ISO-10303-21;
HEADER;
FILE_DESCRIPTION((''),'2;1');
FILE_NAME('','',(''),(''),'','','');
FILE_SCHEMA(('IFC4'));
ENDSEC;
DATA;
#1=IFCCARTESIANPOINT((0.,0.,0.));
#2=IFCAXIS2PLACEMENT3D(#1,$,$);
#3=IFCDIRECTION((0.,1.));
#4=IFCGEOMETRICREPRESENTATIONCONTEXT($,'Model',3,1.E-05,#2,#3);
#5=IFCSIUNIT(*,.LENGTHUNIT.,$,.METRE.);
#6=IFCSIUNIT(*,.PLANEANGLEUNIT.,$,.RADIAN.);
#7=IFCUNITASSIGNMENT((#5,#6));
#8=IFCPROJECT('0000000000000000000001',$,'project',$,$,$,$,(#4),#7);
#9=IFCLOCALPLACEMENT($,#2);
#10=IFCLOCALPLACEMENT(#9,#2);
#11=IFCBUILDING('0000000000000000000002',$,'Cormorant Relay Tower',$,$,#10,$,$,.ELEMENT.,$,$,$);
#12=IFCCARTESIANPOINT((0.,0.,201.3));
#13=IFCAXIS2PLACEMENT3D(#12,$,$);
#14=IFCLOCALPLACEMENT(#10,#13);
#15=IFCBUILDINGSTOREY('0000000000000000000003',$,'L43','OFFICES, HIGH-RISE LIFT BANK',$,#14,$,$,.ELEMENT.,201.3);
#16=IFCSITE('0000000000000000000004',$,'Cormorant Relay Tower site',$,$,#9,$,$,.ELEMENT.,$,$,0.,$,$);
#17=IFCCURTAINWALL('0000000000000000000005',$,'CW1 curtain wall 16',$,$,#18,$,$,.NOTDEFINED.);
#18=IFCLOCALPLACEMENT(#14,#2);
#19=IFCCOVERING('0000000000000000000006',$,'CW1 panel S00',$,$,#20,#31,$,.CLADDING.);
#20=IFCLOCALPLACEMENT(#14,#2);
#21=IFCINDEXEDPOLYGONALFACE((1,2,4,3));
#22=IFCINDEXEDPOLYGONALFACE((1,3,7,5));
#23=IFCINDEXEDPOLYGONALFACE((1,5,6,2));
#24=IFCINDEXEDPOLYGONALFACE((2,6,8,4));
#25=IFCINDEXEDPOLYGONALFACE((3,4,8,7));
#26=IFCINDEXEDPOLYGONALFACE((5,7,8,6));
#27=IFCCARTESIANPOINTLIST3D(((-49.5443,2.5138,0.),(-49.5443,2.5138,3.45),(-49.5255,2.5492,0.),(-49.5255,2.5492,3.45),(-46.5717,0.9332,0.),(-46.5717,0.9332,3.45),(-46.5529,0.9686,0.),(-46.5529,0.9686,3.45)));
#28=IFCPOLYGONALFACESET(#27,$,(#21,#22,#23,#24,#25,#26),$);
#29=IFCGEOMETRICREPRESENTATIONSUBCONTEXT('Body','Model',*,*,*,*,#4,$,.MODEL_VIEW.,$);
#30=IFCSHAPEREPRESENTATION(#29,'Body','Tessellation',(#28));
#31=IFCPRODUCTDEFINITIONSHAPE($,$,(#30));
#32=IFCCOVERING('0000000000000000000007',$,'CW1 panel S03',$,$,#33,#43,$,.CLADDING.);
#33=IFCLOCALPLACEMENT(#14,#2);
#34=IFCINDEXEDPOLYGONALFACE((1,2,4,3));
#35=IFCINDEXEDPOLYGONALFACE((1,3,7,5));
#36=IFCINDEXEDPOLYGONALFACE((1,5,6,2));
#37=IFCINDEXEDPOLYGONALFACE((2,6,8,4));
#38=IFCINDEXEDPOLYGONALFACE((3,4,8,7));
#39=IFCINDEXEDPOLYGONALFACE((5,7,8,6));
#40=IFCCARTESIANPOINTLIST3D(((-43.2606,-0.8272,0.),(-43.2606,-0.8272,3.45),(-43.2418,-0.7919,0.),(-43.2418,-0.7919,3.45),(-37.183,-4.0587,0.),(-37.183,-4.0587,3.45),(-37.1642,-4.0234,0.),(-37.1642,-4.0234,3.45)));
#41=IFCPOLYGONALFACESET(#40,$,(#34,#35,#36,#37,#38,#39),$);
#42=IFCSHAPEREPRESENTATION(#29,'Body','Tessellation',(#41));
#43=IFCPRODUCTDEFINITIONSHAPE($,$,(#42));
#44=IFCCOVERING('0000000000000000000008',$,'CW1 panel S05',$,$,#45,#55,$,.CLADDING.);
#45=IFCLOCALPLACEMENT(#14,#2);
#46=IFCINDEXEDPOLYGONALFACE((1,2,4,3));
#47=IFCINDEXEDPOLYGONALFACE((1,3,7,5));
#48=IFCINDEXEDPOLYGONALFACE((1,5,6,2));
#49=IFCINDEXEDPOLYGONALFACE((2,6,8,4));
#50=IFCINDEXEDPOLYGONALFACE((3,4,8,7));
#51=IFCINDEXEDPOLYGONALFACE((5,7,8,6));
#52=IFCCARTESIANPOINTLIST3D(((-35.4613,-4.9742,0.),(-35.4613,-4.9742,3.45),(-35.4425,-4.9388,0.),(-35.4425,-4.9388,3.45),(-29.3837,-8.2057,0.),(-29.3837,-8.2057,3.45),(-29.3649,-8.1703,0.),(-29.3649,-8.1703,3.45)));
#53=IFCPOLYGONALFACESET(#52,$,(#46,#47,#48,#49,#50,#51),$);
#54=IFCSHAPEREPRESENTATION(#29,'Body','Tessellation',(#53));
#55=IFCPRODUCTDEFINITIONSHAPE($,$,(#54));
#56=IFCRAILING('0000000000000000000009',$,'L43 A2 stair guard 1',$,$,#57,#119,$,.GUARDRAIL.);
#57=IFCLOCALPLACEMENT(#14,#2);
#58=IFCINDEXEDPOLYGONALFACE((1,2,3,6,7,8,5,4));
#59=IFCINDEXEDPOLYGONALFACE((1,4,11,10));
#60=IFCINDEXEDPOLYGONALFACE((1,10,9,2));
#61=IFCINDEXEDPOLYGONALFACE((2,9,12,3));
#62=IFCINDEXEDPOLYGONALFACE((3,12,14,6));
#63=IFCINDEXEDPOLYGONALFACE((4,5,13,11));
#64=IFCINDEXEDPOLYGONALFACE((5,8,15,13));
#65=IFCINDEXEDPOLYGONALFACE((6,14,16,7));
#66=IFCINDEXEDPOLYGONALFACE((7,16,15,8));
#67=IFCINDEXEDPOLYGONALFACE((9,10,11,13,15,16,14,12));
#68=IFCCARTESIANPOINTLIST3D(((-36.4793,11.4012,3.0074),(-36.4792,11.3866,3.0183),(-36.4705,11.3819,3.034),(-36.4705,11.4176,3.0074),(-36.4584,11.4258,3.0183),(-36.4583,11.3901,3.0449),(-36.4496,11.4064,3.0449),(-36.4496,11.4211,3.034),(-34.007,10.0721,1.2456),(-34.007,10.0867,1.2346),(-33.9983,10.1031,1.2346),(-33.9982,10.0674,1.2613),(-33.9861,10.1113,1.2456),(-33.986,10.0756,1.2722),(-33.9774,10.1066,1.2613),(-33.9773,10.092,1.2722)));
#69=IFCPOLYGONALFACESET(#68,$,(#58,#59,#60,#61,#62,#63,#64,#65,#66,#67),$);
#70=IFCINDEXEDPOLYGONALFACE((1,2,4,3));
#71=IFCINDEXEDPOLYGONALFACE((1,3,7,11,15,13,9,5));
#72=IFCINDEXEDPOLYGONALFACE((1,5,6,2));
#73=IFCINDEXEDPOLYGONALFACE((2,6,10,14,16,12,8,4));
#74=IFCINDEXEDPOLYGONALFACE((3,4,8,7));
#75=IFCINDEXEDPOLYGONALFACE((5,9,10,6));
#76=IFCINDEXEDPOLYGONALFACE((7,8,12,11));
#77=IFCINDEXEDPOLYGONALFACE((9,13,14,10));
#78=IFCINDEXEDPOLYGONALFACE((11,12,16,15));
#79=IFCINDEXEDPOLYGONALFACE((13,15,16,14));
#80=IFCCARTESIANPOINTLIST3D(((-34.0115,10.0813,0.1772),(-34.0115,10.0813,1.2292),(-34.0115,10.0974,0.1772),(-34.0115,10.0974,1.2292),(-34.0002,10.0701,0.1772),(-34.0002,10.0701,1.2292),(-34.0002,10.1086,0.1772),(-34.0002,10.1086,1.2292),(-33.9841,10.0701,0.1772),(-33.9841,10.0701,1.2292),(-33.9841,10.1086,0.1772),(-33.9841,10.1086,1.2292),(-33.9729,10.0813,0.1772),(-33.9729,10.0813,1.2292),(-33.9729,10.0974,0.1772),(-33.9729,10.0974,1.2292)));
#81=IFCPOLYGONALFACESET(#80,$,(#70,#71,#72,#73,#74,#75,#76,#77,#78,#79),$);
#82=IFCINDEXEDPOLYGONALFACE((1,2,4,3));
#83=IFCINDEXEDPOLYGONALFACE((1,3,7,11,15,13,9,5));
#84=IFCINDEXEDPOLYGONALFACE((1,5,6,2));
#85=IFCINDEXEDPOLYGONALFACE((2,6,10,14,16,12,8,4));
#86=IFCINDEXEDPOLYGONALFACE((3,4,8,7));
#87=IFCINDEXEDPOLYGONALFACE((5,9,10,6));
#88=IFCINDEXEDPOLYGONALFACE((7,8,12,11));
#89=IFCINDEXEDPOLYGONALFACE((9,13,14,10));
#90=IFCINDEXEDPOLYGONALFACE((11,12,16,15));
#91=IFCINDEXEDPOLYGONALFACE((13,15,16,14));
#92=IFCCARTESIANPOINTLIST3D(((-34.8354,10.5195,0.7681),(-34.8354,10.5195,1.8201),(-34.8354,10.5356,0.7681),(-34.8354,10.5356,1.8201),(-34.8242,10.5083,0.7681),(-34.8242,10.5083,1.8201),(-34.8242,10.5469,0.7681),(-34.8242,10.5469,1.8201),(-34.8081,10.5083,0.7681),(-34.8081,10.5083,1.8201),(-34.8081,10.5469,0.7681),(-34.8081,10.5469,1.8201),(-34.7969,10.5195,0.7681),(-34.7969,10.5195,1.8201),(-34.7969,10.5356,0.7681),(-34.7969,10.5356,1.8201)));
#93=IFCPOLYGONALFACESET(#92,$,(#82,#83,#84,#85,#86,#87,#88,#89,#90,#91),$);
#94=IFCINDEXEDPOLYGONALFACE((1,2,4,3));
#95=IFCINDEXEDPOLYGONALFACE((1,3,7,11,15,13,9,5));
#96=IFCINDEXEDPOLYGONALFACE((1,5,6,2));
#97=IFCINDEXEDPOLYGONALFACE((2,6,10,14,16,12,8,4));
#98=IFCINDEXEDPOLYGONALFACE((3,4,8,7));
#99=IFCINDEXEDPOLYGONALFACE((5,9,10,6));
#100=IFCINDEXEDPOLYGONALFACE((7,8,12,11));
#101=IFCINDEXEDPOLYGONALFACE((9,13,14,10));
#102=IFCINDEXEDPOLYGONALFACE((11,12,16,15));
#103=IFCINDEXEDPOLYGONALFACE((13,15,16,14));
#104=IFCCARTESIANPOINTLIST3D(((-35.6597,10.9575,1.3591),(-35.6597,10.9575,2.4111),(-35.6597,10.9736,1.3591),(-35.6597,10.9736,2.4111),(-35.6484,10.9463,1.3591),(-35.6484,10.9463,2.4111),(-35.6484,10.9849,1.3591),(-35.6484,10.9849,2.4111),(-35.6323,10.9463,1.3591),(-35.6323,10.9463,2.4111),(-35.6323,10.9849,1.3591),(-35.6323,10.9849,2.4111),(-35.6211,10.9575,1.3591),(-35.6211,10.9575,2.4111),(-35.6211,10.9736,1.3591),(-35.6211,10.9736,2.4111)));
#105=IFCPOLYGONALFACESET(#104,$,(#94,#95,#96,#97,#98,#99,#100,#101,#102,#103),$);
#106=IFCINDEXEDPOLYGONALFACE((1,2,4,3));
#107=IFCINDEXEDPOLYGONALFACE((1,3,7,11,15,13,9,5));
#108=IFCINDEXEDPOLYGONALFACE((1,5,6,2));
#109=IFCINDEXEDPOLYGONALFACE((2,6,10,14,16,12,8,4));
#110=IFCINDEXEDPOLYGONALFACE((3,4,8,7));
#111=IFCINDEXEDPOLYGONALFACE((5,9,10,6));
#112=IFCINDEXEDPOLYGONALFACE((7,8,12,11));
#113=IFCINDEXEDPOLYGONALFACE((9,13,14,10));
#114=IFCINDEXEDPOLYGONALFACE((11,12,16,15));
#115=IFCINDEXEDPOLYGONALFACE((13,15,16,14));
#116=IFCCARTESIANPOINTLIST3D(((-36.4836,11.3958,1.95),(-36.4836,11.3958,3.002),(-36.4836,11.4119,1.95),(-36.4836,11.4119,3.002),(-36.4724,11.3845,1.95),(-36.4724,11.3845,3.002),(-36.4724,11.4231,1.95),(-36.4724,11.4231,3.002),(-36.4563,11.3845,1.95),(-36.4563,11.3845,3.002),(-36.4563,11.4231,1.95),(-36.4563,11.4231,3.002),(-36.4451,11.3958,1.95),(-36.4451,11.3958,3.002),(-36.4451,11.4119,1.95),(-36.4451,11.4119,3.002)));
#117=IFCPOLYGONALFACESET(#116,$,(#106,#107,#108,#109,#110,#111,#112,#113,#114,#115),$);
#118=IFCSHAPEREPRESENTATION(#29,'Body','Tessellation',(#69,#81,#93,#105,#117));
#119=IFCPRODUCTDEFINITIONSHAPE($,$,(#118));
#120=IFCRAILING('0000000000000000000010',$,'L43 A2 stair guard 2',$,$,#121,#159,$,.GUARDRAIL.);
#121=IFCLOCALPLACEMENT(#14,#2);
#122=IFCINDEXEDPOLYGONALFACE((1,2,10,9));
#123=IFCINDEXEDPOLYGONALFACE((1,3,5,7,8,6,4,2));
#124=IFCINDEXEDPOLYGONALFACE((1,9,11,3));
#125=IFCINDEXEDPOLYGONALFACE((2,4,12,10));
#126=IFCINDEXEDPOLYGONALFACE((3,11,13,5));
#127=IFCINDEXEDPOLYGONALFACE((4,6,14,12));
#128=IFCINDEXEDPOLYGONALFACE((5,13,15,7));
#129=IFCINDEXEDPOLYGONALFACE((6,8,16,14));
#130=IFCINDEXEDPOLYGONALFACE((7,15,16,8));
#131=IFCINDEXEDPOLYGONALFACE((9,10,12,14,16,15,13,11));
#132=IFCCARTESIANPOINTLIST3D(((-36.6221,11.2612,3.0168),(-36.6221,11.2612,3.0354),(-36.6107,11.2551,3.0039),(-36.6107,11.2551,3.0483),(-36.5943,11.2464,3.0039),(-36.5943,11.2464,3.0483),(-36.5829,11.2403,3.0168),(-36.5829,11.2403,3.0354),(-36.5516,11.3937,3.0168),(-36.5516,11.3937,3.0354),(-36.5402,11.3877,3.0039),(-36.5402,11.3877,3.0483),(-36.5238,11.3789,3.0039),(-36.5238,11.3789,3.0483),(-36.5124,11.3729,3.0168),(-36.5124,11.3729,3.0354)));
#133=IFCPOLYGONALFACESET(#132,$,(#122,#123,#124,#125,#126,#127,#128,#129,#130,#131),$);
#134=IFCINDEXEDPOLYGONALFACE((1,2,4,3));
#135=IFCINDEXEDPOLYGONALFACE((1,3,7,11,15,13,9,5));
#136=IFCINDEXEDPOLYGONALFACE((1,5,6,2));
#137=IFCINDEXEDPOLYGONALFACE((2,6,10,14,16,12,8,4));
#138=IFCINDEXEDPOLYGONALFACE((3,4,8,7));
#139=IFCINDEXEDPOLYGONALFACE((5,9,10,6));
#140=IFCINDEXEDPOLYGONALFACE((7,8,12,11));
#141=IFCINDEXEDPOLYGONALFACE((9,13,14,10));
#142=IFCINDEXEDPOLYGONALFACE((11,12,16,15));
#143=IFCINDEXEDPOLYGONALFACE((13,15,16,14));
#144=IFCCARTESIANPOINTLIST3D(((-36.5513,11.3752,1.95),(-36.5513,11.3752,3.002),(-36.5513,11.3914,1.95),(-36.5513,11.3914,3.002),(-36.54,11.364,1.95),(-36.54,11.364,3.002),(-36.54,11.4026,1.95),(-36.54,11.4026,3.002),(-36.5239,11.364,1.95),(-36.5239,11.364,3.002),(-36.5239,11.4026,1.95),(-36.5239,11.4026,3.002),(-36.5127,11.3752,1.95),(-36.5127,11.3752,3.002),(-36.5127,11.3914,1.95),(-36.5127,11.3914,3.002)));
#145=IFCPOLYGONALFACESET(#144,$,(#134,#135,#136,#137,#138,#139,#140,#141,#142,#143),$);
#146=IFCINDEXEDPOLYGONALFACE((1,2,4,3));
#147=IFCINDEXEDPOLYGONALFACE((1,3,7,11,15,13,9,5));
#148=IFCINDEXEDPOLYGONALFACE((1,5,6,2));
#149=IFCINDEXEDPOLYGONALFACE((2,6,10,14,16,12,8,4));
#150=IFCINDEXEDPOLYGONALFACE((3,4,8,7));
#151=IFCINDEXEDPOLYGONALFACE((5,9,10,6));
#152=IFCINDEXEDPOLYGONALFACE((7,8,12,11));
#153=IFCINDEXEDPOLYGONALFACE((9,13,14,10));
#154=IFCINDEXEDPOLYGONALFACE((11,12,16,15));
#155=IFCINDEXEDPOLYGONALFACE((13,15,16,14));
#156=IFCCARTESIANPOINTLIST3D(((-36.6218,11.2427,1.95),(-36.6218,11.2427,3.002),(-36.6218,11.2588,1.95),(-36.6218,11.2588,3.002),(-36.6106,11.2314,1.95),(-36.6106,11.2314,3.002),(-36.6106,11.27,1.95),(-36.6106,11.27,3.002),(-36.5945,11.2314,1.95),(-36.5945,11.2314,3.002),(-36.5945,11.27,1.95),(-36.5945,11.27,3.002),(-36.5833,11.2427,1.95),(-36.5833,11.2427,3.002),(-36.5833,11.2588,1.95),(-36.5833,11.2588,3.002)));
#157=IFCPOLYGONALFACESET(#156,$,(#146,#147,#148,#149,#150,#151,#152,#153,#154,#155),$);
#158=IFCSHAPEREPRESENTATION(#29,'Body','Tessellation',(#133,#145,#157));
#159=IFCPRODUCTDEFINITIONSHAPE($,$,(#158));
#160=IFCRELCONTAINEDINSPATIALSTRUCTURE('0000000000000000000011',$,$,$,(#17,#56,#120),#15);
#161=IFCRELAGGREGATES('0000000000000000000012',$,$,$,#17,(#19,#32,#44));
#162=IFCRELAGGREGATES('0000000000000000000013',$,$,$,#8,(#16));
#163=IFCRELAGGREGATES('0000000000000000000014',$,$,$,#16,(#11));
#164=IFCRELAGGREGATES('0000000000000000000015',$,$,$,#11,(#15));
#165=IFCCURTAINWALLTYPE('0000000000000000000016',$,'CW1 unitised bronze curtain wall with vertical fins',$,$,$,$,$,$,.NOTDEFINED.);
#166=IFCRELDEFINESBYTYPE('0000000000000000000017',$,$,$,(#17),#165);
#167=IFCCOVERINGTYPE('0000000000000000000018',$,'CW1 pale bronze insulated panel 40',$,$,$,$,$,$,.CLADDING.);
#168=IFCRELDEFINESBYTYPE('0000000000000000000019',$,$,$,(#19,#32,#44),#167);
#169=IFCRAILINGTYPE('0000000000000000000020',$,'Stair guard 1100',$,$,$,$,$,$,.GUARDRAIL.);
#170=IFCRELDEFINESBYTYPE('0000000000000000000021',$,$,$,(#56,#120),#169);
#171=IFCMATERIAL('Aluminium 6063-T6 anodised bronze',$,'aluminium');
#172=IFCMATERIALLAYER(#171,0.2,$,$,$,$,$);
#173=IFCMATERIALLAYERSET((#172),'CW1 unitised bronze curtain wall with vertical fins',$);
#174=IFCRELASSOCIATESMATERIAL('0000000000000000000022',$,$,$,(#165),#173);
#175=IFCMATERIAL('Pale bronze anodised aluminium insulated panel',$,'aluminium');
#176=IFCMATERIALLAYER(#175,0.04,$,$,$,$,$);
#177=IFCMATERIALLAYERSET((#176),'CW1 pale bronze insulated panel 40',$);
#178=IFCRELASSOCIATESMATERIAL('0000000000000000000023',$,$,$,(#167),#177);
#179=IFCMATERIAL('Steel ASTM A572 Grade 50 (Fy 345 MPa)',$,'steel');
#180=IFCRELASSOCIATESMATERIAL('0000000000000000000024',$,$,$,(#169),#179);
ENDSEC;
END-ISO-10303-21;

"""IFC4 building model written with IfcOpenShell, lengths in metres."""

from ifc_helpers import new_model, si_unit, direction, frame, origin, origin_2d, place, context, subcontext, project, spatial, polyline, rectangle, outline, extrude, material, layer, layer_set, type_object, element, aggregate, save


model = new_model("IFC4")

# Units and contexts
model_context = context("Model", 3, precision=1e-05, world=origin(), true_north=direction((0.0, 1.0)))
body_context = subcontext(model_context, "Body", "Model", "MODEL_VIEW")
ifc_project = project(units=[si_unit("LENGTHUNIT", "METRE"), si_unit("PLANEANGLEUNIT", "RADIAN")], contexts=[model_context])

# Site, building, storey
site_placement = place(None, origin())
site = spatial("IfcSite", under=ifc_project, at=site_placement, Name="Cormorant Relay Tower site", CompositionType="ELEMENT", RefElevation=0.0)
building_placement = place(site_placement, origin())
building = spatial("IfcBuilding", under=site, at=building_placement, Name="Cormorant Relay Tower", CompositionType="ELEMENT")
storey_placement = place(building_placement, frame((0.0, 0.0, 201.3)))
storey = spatial("IfcBuildingStorey", under=building, at=storey_placement, Name="L43", Description="OFFICES, HIGH-RISE LIFT BANK", CompositionType="ELEMENT", Elevation=201.3)

# Curtain wall
ifc_material_1 = material(Name="Aluminium 6063-T6 anodised bronze", Category="aluminium")
ifc_layer_1 = layer(ifc_material_1, 0.2)
ifc_layer_set_1 = layer_set([ifc_layer_1], Name="CW1 unitised bronze curtain wall with vertical fins")
curtain_wall_type = type_object("IfcCurtainWallType", Name="CW1 unitised bronze curtain wall with vertical fins", PredefinedType="NOTDEFINED", material=ifc_layer_set_1)
curtain_wall_placement = place(storey_placement, origin())
curtain_wall = element("IfcCurtainWall", 1, at=curtain_wall_placement, inside=storey, type_object=curtain_wall_type, Name="CW1 curtain wall 16", PredefinedType="NOTDEFINED")

# Coverings
ifc_material_2 = material(Name="Pale bronze anodised aluminium insulated panel", Category="aluminium")
ifc_layer_2 = layer(ifc_material_2, 0.04)
ifc_layer_set_2 = layer_set([ifc_layer_2], Name="CW1 pale bronze insulated panel 40")
covering_type = type_object("IfcCoveringType", Name="CW1 pale bronze insulated panel 40", PredefinedType="CLADDING", material=ifc_layer_set_2)
covering_1_placement = place(storey_placement, frame((-48.0486, 1.7412, 0.0), z_axis=(0.0, 0.0, 1.0), x_axis=(0.882948, -0.469472, 0.0)))
covering_1 = element("IfcCovering", 2, at=covering_1_placement, type_object=covering_type, Name="CW1 panel S00", PredefinedType="CLADDING", context=body_context, shape_type="SweptSolid", body=[
    extrude(rectangle(XDim=3.3667, YDim=0.04, at=origin_2d()), origin(), (0.0, 0.0, 1.0), 3.45),
])
covering_2_placement = place(storey_placement, frame((-40.2124, -2.4253, 0.0), z_axis=(0.0, 0.0, 1.0), x_axis=(0.882948, -0.469472, 0.0)))
covering_2 = element("IfcCovering", 3, at=covering_2_placement, type_object=covering_type, Name="CW1 panel S03", PredefinedType="CLADDING", context=body_context, shape_type="SweptSolid", body=[
    extrude(rectangle(XDim=6.8833, YDim=0.04, at=origin_2d()), origin(), (0.0, 0.0, 1.0), 3.45),
])
covering_3_placement = place(storey_placement, frame((-32.4131, -6.5723, 0.0), z_axis=(0.0, 0.0, 1.0), x_axis=(0.882948, -0.469472, 0.0)))
covering_3 = element("IfcCovering", 4, at=covering_3_placement, type_object=covering_type, Name="CW1 panel S05", PredefinedType="CLADDING", context=body_context, shape_type="SweptSolid", body=[
    extrude(rectangle(XDim=6.8833, YDim=0.04, at=origin_2d()), origin(), (0.0, 0.0, 1.0), 3.45),
])
aggregate(curtain_wall, [covering_1, covering_2, covering_3])

# Railings
ifc_material_3 = material(Name="Steel ASTM A572 Grade 50 (Fy 345 MPa)", Category="steel")
railing_type_1 = type_object("IfcRailingType", Name="Stair guard 1100", PredefinedType="GUARDRAIL", material=ifc_material_3)
railing_1_placement = place(storey_placement, frame((-33.9922, 10.0894, 0.1772)))
element("IfcRailing", 5, at=railing_1_placement, inside=storey, type_object=railing_type_1, Name="L43 A2 stair guard 1", PredefinedType="GUARDRAIL", context=body_context, shape_type="SweptSolid", body=[
    extrude(outline(polyline([(0.0222, 0.0093), (0.0093, 0.0222), (-0.0093, 0.0222), (-0.0222, 0.0093), (-0.0222, -0.0093), (-0.0093, -0.0222), (0.0093, -0.0222), (0.0222, -0.0093), (0.0222, 0.0093)])), frame((0.0, 0.0, 1.0762), z_axis=(-0.746001, 0.396649, 0.534931), x_axis=(-0.469465, -0.882951, 0.0)), (0.0, 0.0, 1.0), 3.314),
    extrude(outline(polyline([(0.0193, 0.0081), (0.0081, 0.0193), (-0.0081, 0.0193), (-0.0193, 0.0081), (-0.0193, -0.0081), (-0.0081, -0.0193), (0.0081, -0.0193), (0.0193, -0.0081), (0.0193, 0.0081)])), origin(), (0.0, 0.0, 1.0), 1.052),
    extrude(outline(polyline([(0.0193, 0.0081), (0.0081, 0.0193), (-0.0081, 0.0193), (-0.0193, 0.0081), (-0.0193, -0.0081), (-0.0081, -0.0193), (0.0081, -0.0193), (0.0193, -0.0081), (0.0193, 0.0081)])), frame((-0.824, 0.4382, 0.5908)), (0.0, 0.0, 1.0), 1.052),
    extrude(outline(polyline([(0.0193, 0.0081), (0.0081, 0.0193), (-0.0081, 0.0193), (-0.0193, 0.0081), (-0.0193, -0.0081), (-0.0081, -0.0193), (0.0081, -0.0193), (0.0193, -0.0081), (0.0193, 0.0081)])), frame((-1.6482, 0.8762, 1.1819)), (0.0, 0.0, 1.0), 1.052),
    extrude(outline(polyline([(0.0193, 0.0081), (0.0081, 0.0193), (-0.0081, 0.0193), (-0.0193, 0.0081), (-0.0193, -0.0081), (-0.0081, -0.0193), (0.0081, -0.0193), (0.0193, -0.0081), (0.0193, 0.0081)])), frame((-2.4722, 1.3145, 1.7727)), (0.0, 0.0, 1.0), 1.052),
])
railing_2_placement = place(storey_placement, frame((-36.532, 11.3833, 1.95)))
element("IfcRailing", 6, at=railing_2_placement, inside=storey, type_object=railing_type_1, Name="L43 A2 stair guard 2", PredefinedType="GUARDRAIL", context=body_context, shape_type="SweptSolid", body=[
    extrude(outline(polyline([(0.0222, 0.0093), (0.0093, 0.0222), (-0.0093, 0.0222), (-0.0222, 0.0093), (-0.0222, -0.0093), (-0.0093, -0.0222), (0.0093, -0.0222), (0.0222, -0.0093), (0.0222, 0.0093)])), frame((0.0, 0.0, 1.0762), z_axis=(-0.469829, -0.882758, 0.0), x_axis=(0.882758, -0.469829, 0.0)), (0.0, 0.0, 1.0), 0.1501),
    extrude(outline(polyline([(0.0193, 0.0081), (0.0081, 0.0193), (-0.0081, 0.0193), (-0.0193, 0.0081), (-0.0193, -0.0081), (-0.0081, -0.0193), (0.0081, -0.0193), (0.0193, -0.0081), (0.0193, 0.0081)])), origin(), (0.0, 0.0, 1.0), 1.052),
    extrude(outline(polyline([(0.0193, 0.0081), (0.0081, 0.0193), (-0.0081, 0.0193), (-0.0193, 0.0081), (-0.0193, -0.0081), (-0.0081, -0.0193), (0.0081, -0.0193), (0.0193, -0.0081), (0.0193, 0.0081)])), frame((-0.0706, -0.1326, 0.0)), (0.0, 0.0, 1.0), 1.052),
])

save(model, "model.ifc")
